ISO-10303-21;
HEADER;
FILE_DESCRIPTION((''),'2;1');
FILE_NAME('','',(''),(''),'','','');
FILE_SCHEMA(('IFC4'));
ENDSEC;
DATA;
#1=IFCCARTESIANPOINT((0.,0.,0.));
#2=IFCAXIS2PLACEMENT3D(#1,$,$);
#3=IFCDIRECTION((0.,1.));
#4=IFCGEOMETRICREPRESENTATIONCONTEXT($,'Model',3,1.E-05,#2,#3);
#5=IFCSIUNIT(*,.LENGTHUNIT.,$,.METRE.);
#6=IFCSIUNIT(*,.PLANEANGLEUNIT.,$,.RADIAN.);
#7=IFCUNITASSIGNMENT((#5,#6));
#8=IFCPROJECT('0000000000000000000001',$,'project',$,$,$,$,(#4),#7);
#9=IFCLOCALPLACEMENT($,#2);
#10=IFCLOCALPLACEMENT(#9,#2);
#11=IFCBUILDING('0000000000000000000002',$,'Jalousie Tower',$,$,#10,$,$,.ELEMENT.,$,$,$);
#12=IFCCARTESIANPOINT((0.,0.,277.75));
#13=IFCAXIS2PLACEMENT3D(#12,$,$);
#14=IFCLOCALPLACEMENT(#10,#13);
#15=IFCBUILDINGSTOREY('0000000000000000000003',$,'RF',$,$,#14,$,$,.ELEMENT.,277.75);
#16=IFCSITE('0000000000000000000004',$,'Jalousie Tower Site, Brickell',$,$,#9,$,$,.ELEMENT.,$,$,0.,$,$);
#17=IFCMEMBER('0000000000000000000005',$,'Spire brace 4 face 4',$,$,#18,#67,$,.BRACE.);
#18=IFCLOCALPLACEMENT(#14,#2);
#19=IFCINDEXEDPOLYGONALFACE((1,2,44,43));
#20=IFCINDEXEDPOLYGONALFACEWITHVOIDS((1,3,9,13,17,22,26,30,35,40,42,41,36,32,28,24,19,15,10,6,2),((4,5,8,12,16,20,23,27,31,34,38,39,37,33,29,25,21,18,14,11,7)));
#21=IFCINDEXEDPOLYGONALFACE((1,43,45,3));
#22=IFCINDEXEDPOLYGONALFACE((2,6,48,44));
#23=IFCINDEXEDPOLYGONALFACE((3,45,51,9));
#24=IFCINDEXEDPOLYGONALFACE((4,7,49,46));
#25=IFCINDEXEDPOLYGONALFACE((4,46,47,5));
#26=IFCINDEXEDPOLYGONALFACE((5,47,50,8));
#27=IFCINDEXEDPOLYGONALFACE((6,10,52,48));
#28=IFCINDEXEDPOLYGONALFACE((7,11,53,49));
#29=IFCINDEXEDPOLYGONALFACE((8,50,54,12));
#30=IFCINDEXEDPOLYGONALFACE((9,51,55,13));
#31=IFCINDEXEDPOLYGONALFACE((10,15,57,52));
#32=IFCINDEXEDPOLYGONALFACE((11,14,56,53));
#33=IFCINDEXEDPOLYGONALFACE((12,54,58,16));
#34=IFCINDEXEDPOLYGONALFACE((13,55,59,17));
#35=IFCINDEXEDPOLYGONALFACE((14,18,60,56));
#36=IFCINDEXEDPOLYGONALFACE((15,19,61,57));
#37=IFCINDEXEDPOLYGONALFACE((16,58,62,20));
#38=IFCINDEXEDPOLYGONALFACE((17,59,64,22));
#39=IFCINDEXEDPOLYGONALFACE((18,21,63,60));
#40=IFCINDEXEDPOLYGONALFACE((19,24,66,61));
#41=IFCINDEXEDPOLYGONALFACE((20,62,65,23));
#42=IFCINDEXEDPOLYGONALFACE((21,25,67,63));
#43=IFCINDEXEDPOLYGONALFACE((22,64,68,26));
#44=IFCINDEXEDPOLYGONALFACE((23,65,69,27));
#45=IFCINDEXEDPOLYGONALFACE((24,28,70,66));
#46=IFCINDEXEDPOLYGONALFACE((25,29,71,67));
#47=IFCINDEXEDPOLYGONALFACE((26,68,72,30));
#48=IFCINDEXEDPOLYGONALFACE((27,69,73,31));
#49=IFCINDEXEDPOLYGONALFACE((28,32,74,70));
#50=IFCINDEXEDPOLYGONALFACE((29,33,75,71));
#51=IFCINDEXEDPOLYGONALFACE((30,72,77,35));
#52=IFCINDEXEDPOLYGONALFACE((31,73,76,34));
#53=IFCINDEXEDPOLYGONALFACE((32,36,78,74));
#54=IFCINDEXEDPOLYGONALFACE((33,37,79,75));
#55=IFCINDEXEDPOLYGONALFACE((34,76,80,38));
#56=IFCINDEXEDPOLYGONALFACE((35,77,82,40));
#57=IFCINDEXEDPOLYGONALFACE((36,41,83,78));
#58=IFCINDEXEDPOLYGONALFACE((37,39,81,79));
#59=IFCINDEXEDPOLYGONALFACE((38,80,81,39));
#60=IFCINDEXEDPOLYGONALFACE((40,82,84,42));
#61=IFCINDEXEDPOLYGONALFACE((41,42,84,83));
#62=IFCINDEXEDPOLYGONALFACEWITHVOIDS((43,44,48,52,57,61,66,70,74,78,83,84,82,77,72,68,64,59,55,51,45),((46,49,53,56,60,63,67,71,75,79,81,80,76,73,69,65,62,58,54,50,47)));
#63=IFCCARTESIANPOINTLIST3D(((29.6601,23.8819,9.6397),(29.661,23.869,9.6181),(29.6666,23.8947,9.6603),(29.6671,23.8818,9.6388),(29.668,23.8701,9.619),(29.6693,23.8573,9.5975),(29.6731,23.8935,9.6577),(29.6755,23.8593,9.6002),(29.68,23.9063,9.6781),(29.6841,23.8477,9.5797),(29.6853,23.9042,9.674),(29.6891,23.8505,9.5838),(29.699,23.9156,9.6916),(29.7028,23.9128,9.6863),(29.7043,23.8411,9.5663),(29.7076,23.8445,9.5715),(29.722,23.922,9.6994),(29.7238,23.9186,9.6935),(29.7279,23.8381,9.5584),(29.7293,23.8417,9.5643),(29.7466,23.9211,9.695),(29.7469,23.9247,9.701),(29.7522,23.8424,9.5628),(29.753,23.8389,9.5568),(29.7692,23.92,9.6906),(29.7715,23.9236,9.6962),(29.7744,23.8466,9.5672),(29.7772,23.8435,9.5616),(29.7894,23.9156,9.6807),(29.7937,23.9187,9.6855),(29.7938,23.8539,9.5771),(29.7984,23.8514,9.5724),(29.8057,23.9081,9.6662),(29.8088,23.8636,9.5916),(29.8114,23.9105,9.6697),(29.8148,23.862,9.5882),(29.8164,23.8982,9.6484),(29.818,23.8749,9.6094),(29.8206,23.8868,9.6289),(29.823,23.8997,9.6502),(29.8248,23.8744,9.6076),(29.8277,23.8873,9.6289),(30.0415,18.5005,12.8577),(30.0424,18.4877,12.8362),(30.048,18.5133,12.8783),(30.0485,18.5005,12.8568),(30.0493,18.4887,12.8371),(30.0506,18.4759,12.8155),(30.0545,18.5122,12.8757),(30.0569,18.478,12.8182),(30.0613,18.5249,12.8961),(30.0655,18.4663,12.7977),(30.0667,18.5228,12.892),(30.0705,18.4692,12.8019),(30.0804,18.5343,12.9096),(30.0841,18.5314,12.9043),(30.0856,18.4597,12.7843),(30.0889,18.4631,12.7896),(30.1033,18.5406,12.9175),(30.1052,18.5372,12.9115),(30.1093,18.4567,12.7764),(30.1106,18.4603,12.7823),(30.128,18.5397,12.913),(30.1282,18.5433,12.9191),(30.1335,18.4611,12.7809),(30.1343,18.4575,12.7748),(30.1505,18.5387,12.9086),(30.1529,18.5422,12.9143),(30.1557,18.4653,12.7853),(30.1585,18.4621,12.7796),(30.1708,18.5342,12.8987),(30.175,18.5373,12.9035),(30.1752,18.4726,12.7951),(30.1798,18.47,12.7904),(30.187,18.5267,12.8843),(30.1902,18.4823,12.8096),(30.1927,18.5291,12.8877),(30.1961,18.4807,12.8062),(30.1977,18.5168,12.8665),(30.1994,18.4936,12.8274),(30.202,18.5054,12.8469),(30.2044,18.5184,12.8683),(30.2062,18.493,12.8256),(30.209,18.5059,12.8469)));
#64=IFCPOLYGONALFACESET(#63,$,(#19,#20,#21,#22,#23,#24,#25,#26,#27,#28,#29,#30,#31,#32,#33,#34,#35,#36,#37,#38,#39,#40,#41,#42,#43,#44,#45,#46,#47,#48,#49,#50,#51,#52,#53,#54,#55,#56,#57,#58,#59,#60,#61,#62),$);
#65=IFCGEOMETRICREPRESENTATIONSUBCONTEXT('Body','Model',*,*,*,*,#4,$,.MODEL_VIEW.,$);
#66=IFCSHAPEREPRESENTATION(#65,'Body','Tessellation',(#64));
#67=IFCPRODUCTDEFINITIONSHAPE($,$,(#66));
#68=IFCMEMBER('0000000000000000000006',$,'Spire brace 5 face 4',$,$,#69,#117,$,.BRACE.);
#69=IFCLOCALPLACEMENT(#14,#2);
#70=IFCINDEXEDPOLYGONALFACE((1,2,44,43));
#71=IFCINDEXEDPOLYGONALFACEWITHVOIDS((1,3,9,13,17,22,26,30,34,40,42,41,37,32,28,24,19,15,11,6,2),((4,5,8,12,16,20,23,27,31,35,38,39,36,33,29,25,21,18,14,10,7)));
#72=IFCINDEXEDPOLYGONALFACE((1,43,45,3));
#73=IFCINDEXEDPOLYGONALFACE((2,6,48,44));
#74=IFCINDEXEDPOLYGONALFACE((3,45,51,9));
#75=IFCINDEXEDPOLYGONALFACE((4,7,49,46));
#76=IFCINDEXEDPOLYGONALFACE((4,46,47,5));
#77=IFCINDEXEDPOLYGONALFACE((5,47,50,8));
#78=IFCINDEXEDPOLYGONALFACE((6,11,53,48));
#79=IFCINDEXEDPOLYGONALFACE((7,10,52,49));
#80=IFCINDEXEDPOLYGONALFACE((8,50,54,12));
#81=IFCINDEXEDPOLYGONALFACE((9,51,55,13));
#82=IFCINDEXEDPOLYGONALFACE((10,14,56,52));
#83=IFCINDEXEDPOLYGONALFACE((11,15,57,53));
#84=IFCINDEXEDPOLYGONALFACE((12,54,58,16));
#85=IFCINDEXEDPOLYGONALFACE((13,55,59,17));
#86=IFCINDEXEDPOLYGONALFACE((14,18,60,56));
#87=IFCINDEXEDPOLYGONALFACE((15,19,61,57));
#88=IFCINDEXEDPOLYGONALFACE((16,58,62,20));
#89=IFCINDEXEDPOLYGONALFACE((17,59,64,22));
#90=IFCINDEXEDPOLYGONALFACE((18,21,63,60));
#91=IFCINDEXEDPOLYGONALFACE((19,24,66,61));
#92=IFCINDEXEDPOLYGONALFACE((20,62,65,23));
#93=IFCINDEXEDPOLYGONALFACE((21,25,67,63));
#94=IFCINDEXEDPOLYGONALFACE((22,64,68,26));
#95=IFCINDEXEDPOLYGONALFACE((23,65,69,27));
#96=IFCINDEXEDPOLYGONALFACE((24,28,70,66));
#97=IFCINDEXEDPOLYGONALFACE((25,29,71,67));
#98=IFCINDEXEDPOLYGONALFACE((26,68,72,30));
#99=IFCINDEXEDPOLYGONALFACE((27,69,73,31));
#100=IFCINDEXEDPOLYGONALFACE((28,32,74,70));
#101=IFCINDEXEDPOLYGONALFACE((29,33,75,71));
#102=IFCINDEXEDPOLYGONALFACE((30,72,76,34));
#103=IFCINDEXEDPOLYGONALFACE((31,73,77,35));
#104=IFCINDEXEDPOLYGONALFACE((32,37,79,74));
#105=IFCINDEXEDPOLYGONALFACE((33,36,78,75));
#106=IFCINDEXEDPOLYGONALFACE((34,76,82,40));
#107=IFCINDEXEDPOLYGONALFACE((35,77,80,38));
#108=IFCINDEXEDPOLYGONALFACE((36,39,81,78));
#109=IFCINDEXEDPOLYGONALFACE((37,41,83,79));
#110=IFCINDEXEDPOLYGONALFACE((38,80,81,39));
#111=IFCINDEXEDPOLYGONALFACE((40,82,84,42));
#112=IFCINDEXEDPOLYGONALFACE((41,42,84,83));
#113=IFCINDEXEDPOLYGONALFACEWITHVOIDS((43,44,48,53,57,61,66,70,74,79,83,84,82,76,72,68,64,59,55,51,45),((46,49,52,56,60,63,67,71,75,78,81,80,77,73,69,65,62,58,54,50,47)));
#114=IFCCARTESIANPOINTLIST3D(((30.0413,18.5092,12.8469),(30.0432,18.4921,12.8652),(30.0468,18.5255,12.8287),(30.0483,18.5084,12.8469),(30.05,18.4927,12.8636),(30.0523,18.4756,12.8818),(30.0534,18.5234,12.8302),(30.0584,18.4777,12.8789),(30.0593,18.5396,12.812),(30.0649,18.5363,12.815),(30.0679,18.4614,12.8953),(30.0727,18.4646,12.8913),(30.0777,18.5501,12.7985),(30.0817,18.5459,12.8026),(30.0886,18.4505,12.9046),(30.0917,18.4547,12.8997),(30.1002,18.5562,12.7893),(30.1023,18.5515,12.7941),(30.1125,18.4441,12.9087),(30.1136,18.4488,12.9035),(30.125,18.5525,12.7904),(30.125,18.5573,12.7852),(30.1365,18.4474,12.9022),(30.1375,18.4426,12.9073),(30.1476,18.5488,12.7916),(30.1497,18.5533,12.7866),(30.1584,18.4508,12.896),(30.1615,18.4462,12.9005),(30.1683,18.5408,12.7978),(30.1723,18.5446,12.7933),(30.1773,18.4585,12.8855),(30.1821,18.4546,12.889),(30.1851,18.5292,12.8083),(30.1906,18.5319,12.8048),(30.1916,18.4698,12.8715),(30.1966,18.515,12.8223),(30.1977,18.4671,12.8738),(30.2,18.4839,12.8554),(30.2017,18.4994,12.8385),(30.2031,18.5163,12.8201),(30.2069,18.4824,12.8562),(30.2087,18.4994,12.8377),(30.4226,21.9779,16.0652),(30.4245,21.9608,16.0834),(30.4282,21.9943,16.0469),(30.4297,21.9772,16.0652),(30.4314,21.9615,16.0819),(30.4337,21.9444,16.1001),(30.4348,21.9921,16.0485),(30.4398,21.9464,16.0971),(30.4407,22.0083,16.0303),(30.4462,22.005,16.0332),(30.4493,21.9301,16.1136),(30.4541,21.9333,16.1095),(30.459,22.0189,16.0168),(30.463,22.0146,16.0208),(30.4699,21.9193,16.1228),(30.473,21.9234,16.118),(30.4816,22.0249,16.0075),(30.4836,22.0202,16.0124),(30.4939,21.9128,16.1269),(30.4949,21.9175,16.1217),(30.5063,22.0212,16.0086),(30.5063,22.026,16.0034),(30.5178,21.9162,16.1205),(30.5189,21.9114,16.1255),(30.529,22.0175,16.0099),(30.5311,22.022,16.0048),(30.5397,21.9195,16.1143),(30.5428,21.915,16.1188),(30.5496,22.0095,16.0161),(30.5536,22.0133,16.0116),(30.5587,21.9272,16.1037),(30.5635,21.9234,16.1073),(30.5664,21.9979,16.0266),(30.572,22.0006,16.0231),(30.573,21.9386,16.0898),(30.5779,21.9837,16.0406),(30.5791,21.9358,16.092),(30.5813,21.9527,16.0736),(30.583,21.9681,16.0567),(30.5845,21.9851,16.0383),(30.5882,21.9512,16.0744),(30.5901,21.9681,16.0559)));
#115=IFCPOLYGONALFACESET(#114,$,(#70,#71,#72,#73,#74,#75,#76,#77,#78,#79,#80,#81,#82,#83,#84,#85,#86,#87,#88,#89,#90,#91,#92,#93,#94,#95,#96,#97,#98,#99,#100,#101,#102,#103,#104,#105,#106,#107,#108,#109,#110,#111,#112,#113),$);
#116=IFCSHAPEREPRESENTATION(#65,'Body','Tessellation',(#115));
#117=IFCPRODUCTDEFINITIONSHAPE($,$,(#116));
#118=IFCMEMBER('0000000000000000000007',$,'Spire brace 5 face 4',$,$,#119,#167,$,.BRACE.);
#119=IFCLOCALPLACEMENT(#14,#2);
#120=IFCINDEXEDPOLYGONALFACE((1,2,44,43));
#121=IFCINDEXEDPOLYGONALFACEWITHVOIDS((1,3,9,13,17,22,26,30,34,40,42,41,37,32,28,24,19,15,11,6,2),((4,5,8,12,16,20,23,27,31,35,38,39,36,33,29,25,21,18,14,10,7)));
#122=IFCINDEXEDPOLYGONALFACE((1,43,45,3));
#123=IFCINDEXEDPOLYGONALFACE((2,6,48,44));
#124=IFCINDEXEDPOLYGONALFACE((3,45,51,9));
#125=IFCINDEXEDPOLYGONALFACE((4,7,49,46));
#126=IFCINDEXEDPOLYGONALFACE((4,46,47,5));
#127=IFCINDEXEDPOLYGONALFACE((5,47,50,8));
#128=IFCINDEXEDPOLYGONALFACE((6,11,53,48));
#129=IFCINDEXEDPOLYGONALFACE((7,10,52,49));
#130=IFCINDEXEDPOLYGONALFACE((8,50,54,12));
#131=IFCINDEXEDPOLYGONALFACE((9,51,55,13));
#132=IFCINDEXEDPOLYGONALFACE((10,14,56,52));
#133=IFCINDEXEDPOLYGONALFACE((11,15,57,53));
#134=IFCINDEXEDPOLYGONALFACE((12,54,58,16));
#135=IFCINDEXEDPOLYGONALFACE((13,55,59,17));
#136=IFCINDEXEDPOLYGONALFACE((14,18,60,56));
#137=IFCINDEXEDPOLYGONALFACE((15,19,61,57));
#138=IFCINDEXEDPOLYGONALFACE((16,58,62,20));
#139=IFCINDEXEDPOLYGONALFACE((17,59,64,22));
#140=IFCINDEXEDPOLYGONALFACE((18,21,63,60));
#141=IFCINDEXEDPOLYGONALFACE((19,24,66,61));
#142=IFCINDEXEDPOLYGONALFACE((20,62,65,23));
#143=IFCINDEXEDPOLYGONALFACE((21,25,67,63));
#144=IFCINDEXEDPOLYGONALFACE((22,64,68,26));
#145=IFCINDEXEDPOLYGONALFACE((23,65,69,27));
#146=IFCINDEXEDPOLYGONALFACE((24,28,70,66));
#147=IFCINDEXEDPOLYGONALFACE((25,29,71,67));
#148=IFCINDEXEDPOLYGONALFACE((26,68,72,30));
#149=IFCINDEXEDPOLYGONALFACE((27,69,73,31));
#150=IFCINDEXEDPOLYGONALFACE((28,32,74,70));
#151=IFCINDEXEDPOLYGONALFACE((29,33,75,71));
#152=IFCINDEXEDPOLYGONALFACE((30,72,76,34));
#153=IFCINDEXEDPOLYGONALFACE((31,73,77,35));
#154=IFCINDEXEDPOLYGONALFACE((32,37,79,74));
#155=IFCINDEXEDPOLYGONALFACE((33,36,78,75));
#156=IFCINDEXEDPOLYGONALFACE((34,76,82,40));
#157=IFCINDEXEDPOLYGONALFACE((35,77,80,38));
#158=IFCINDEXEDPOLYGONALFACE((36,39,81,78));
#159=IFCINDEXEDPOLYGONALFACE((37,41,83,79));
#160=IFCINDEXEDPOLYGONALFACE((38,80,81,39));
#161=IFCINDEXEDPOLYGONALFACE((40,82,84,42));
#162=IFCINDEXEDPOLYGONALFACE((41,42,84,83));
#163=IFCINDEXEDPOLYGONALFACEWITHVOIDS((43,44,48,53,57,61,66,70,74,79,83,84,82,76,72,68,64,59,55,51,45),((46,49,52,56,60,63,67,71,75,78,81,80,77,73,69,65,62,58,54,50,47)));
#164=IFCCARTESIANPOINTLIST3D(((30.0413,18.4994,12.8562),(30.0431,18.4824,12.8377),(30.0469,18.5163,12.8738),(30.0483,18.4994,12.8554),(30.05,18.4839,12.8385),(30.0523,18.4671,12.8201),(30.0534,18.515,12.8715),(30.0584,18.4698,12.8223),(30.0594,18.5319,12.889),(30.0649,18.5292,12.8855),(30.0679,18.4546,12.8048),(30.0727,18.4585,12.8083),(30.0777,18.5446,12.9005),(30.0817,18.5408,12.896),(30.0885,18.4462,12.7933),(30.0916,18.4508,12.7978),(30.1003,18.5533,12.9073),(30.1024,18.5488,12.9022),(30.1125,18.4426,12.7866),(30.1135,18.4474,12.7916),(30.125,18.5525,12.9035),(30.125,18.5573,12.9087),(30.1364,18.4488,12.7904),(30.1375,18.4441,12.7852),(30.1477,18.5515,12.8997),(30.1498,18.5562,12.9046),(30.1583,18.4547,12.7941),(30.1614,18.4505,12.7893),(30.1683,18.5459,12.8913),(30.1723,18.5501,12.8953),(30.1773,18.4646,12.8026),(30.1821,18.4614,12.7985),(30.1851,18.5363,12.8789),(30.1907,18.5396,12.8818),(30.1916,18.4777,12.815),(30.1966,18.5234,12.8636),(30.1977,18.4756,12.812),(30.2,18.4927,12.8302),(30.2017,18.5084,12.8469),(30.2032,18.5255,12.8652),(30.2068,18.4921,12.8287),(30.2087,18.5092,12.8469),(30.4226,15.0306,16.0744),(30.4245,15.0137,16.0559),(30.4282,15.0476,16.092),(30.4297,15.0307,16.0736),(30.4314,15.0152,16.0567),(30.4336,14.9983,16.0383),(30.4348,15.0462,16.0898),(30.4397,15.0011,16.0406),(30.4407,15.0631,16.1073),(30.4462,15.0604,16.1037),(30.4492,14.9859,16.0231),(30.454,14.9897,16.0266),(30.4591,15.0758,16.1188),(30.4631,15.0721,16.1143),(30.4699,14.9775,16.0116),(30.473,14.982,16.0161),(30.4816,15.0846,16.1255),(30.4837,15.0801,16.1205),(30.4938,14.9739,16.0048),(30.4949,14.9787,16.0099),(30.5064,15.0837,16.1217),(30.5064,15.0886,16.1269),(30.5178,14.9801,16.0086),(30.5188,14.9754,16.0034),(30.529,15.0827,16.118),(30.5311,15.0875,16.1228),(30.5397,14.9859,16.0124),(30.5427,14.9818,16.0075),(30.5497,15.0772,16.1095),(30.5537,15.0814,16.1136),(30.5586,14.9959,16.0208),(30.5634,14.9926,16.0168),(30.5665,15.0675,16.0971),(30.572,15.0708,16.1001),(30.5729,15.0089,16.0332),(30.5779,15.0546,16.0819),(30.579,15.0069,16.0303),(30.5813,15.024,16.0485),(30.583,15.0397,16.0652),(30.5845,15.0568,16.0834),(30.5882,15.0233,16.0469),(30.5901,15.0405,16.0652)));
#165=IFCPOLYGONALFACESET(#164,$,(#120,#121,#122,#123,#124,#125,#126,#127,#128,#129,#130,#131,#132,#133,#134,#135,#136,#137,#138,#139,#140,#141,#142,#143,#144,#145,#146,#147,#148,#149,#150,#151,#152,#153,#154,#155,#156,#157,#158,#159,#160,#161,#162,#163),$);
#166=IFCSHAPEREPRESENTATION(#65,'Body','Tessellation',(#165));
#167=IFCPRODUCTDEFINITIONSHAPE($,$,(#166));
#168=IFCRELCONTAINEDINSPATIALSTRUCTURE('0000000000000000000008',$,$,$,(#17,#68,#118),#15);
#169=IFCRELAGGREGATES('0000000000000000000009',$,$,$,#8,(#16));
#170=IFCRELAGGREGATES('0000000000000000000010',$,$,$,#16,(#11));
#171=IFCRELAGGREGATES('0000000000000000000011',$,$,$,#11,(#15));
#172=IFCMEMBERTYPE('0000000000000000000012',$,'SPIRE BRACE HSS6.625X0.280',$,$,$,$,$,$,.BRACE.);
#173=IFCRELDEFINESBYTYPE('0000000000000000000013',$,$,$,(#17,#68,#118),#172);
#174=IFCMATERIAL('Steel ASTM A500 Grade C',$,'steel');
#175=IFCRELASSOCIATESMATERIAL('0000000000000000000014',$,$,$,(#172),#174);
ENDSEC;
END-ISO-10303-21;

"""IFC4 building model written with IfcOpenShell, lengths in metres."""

from ifc_helpers import new_model, si_unit, direction, frame, origin, origin_2d, place, context, subcontext, project, spatial, hollow_circle, extrude, material, material_profile, profile_set, type_object, element, save


model = new_model("IFC4")

# Units and contexts
model_context = context("Model", 3, precision=1e-05, world=origin(), true_north=direction((0.0, 1.0)))
body_context = subcontext(model_context, "Body", "Model", "MODEL_VIEW")
ifc_project = project(units=[si_unit("LENGTHUNIT", "METRE"), si_unit("PLANEANGLEUNIT", "RADIAN")], contexts=[model_context])

# Site, building, storey
site_placement = place(None, origin())
site = spatial("IfcSite", under=ifc_project, at=site_placement, Name="Jalousie Tower Site, Brickell", CompositionType="ELEMENT", RefElevation=0.0)
building_placement = place(site_placement, origin())
building = spatial("IfcBuilding", under=site, at=building_placement, Name="Jalousie Tower", CompositionType="ELEMENT")
storey_placement = place(building_placement, frame((0.0, 0.0, 277.75)))
storey = spatial("IfcBuildingStorey", under=building, at=storey_placement, Name="RF", CompositionType="ELEMENT", Elevation=277.75)

# Members
ifc_material_1 = material(Name="Steel ASTM A500 Grade C", Category="steel")
ifc_material_profile_1 = material_profile(ifc_material_1, hollow_circle(Radius=0.0842, WallThickness=0.0071, at=origin_2d()), Name="HSS6.625X0.280")
ifc_profile_set_1 = profile_set([ifc_material_profile_1], Name="Steel ASTM A500 Grade C")
member_type_1 = type_object("IfcMemberType", Name="SPIRE BRACE HSS6.625X0.280", PredefinedType="BRACE", material=ifc_profile_set_1)
member_1_placement = place(storey_placement, frame((29.7437, 23.8813, 9.6289), z_axis=(0.060708, -0.856668, 0.512283), x_axis=(0.997499, 0.070687, 0.0)))
element("IfcMember", 1, at=member_1_placement, inside=storey, type_object=member_type_1, Name="Spire brace 4 face 4", PredefinedType="BRACE", context=body_context, shape_type="SweptSolid", body=[
    extrude(hollow_circle(Radius=0.0842, WallThickness=0.0071, at=origin_2d()), origin(), (0.0, 0.0, 1.0), 6.2817),
])
for number, where, z_axis, x_axis, name in (
    (2, (30.125, 18.5, 12.8469), (0.080333, 0.730711, 0.677944), (-0.994011, 0.10928, 0.0), "Spire brace 5 face 4"),
    (3, (30.125, 18.5, 12.8469), (0.080333, -0.730711, 0.677944), (0.994011, 0.10928, 0.0), "Spire brace 5 face 4"),
):
    element("IfcMember", number, at=place(storey_placement, frame(where, z_axis=z_axis, x_axis=x_axis)), inside=storey, type_object=member_type_1, Name=name, PredefinedType="BRACE", context=body_context, shape_type="SweptSolid", body=[
        extrude(hollow_circle(Radius=0.0842, WallThickness=0.0071, at=origin_2d()), origin(), (0.0, 0.0, 1.0), 4.7471),
    ])

save(model, "model.ifc")
